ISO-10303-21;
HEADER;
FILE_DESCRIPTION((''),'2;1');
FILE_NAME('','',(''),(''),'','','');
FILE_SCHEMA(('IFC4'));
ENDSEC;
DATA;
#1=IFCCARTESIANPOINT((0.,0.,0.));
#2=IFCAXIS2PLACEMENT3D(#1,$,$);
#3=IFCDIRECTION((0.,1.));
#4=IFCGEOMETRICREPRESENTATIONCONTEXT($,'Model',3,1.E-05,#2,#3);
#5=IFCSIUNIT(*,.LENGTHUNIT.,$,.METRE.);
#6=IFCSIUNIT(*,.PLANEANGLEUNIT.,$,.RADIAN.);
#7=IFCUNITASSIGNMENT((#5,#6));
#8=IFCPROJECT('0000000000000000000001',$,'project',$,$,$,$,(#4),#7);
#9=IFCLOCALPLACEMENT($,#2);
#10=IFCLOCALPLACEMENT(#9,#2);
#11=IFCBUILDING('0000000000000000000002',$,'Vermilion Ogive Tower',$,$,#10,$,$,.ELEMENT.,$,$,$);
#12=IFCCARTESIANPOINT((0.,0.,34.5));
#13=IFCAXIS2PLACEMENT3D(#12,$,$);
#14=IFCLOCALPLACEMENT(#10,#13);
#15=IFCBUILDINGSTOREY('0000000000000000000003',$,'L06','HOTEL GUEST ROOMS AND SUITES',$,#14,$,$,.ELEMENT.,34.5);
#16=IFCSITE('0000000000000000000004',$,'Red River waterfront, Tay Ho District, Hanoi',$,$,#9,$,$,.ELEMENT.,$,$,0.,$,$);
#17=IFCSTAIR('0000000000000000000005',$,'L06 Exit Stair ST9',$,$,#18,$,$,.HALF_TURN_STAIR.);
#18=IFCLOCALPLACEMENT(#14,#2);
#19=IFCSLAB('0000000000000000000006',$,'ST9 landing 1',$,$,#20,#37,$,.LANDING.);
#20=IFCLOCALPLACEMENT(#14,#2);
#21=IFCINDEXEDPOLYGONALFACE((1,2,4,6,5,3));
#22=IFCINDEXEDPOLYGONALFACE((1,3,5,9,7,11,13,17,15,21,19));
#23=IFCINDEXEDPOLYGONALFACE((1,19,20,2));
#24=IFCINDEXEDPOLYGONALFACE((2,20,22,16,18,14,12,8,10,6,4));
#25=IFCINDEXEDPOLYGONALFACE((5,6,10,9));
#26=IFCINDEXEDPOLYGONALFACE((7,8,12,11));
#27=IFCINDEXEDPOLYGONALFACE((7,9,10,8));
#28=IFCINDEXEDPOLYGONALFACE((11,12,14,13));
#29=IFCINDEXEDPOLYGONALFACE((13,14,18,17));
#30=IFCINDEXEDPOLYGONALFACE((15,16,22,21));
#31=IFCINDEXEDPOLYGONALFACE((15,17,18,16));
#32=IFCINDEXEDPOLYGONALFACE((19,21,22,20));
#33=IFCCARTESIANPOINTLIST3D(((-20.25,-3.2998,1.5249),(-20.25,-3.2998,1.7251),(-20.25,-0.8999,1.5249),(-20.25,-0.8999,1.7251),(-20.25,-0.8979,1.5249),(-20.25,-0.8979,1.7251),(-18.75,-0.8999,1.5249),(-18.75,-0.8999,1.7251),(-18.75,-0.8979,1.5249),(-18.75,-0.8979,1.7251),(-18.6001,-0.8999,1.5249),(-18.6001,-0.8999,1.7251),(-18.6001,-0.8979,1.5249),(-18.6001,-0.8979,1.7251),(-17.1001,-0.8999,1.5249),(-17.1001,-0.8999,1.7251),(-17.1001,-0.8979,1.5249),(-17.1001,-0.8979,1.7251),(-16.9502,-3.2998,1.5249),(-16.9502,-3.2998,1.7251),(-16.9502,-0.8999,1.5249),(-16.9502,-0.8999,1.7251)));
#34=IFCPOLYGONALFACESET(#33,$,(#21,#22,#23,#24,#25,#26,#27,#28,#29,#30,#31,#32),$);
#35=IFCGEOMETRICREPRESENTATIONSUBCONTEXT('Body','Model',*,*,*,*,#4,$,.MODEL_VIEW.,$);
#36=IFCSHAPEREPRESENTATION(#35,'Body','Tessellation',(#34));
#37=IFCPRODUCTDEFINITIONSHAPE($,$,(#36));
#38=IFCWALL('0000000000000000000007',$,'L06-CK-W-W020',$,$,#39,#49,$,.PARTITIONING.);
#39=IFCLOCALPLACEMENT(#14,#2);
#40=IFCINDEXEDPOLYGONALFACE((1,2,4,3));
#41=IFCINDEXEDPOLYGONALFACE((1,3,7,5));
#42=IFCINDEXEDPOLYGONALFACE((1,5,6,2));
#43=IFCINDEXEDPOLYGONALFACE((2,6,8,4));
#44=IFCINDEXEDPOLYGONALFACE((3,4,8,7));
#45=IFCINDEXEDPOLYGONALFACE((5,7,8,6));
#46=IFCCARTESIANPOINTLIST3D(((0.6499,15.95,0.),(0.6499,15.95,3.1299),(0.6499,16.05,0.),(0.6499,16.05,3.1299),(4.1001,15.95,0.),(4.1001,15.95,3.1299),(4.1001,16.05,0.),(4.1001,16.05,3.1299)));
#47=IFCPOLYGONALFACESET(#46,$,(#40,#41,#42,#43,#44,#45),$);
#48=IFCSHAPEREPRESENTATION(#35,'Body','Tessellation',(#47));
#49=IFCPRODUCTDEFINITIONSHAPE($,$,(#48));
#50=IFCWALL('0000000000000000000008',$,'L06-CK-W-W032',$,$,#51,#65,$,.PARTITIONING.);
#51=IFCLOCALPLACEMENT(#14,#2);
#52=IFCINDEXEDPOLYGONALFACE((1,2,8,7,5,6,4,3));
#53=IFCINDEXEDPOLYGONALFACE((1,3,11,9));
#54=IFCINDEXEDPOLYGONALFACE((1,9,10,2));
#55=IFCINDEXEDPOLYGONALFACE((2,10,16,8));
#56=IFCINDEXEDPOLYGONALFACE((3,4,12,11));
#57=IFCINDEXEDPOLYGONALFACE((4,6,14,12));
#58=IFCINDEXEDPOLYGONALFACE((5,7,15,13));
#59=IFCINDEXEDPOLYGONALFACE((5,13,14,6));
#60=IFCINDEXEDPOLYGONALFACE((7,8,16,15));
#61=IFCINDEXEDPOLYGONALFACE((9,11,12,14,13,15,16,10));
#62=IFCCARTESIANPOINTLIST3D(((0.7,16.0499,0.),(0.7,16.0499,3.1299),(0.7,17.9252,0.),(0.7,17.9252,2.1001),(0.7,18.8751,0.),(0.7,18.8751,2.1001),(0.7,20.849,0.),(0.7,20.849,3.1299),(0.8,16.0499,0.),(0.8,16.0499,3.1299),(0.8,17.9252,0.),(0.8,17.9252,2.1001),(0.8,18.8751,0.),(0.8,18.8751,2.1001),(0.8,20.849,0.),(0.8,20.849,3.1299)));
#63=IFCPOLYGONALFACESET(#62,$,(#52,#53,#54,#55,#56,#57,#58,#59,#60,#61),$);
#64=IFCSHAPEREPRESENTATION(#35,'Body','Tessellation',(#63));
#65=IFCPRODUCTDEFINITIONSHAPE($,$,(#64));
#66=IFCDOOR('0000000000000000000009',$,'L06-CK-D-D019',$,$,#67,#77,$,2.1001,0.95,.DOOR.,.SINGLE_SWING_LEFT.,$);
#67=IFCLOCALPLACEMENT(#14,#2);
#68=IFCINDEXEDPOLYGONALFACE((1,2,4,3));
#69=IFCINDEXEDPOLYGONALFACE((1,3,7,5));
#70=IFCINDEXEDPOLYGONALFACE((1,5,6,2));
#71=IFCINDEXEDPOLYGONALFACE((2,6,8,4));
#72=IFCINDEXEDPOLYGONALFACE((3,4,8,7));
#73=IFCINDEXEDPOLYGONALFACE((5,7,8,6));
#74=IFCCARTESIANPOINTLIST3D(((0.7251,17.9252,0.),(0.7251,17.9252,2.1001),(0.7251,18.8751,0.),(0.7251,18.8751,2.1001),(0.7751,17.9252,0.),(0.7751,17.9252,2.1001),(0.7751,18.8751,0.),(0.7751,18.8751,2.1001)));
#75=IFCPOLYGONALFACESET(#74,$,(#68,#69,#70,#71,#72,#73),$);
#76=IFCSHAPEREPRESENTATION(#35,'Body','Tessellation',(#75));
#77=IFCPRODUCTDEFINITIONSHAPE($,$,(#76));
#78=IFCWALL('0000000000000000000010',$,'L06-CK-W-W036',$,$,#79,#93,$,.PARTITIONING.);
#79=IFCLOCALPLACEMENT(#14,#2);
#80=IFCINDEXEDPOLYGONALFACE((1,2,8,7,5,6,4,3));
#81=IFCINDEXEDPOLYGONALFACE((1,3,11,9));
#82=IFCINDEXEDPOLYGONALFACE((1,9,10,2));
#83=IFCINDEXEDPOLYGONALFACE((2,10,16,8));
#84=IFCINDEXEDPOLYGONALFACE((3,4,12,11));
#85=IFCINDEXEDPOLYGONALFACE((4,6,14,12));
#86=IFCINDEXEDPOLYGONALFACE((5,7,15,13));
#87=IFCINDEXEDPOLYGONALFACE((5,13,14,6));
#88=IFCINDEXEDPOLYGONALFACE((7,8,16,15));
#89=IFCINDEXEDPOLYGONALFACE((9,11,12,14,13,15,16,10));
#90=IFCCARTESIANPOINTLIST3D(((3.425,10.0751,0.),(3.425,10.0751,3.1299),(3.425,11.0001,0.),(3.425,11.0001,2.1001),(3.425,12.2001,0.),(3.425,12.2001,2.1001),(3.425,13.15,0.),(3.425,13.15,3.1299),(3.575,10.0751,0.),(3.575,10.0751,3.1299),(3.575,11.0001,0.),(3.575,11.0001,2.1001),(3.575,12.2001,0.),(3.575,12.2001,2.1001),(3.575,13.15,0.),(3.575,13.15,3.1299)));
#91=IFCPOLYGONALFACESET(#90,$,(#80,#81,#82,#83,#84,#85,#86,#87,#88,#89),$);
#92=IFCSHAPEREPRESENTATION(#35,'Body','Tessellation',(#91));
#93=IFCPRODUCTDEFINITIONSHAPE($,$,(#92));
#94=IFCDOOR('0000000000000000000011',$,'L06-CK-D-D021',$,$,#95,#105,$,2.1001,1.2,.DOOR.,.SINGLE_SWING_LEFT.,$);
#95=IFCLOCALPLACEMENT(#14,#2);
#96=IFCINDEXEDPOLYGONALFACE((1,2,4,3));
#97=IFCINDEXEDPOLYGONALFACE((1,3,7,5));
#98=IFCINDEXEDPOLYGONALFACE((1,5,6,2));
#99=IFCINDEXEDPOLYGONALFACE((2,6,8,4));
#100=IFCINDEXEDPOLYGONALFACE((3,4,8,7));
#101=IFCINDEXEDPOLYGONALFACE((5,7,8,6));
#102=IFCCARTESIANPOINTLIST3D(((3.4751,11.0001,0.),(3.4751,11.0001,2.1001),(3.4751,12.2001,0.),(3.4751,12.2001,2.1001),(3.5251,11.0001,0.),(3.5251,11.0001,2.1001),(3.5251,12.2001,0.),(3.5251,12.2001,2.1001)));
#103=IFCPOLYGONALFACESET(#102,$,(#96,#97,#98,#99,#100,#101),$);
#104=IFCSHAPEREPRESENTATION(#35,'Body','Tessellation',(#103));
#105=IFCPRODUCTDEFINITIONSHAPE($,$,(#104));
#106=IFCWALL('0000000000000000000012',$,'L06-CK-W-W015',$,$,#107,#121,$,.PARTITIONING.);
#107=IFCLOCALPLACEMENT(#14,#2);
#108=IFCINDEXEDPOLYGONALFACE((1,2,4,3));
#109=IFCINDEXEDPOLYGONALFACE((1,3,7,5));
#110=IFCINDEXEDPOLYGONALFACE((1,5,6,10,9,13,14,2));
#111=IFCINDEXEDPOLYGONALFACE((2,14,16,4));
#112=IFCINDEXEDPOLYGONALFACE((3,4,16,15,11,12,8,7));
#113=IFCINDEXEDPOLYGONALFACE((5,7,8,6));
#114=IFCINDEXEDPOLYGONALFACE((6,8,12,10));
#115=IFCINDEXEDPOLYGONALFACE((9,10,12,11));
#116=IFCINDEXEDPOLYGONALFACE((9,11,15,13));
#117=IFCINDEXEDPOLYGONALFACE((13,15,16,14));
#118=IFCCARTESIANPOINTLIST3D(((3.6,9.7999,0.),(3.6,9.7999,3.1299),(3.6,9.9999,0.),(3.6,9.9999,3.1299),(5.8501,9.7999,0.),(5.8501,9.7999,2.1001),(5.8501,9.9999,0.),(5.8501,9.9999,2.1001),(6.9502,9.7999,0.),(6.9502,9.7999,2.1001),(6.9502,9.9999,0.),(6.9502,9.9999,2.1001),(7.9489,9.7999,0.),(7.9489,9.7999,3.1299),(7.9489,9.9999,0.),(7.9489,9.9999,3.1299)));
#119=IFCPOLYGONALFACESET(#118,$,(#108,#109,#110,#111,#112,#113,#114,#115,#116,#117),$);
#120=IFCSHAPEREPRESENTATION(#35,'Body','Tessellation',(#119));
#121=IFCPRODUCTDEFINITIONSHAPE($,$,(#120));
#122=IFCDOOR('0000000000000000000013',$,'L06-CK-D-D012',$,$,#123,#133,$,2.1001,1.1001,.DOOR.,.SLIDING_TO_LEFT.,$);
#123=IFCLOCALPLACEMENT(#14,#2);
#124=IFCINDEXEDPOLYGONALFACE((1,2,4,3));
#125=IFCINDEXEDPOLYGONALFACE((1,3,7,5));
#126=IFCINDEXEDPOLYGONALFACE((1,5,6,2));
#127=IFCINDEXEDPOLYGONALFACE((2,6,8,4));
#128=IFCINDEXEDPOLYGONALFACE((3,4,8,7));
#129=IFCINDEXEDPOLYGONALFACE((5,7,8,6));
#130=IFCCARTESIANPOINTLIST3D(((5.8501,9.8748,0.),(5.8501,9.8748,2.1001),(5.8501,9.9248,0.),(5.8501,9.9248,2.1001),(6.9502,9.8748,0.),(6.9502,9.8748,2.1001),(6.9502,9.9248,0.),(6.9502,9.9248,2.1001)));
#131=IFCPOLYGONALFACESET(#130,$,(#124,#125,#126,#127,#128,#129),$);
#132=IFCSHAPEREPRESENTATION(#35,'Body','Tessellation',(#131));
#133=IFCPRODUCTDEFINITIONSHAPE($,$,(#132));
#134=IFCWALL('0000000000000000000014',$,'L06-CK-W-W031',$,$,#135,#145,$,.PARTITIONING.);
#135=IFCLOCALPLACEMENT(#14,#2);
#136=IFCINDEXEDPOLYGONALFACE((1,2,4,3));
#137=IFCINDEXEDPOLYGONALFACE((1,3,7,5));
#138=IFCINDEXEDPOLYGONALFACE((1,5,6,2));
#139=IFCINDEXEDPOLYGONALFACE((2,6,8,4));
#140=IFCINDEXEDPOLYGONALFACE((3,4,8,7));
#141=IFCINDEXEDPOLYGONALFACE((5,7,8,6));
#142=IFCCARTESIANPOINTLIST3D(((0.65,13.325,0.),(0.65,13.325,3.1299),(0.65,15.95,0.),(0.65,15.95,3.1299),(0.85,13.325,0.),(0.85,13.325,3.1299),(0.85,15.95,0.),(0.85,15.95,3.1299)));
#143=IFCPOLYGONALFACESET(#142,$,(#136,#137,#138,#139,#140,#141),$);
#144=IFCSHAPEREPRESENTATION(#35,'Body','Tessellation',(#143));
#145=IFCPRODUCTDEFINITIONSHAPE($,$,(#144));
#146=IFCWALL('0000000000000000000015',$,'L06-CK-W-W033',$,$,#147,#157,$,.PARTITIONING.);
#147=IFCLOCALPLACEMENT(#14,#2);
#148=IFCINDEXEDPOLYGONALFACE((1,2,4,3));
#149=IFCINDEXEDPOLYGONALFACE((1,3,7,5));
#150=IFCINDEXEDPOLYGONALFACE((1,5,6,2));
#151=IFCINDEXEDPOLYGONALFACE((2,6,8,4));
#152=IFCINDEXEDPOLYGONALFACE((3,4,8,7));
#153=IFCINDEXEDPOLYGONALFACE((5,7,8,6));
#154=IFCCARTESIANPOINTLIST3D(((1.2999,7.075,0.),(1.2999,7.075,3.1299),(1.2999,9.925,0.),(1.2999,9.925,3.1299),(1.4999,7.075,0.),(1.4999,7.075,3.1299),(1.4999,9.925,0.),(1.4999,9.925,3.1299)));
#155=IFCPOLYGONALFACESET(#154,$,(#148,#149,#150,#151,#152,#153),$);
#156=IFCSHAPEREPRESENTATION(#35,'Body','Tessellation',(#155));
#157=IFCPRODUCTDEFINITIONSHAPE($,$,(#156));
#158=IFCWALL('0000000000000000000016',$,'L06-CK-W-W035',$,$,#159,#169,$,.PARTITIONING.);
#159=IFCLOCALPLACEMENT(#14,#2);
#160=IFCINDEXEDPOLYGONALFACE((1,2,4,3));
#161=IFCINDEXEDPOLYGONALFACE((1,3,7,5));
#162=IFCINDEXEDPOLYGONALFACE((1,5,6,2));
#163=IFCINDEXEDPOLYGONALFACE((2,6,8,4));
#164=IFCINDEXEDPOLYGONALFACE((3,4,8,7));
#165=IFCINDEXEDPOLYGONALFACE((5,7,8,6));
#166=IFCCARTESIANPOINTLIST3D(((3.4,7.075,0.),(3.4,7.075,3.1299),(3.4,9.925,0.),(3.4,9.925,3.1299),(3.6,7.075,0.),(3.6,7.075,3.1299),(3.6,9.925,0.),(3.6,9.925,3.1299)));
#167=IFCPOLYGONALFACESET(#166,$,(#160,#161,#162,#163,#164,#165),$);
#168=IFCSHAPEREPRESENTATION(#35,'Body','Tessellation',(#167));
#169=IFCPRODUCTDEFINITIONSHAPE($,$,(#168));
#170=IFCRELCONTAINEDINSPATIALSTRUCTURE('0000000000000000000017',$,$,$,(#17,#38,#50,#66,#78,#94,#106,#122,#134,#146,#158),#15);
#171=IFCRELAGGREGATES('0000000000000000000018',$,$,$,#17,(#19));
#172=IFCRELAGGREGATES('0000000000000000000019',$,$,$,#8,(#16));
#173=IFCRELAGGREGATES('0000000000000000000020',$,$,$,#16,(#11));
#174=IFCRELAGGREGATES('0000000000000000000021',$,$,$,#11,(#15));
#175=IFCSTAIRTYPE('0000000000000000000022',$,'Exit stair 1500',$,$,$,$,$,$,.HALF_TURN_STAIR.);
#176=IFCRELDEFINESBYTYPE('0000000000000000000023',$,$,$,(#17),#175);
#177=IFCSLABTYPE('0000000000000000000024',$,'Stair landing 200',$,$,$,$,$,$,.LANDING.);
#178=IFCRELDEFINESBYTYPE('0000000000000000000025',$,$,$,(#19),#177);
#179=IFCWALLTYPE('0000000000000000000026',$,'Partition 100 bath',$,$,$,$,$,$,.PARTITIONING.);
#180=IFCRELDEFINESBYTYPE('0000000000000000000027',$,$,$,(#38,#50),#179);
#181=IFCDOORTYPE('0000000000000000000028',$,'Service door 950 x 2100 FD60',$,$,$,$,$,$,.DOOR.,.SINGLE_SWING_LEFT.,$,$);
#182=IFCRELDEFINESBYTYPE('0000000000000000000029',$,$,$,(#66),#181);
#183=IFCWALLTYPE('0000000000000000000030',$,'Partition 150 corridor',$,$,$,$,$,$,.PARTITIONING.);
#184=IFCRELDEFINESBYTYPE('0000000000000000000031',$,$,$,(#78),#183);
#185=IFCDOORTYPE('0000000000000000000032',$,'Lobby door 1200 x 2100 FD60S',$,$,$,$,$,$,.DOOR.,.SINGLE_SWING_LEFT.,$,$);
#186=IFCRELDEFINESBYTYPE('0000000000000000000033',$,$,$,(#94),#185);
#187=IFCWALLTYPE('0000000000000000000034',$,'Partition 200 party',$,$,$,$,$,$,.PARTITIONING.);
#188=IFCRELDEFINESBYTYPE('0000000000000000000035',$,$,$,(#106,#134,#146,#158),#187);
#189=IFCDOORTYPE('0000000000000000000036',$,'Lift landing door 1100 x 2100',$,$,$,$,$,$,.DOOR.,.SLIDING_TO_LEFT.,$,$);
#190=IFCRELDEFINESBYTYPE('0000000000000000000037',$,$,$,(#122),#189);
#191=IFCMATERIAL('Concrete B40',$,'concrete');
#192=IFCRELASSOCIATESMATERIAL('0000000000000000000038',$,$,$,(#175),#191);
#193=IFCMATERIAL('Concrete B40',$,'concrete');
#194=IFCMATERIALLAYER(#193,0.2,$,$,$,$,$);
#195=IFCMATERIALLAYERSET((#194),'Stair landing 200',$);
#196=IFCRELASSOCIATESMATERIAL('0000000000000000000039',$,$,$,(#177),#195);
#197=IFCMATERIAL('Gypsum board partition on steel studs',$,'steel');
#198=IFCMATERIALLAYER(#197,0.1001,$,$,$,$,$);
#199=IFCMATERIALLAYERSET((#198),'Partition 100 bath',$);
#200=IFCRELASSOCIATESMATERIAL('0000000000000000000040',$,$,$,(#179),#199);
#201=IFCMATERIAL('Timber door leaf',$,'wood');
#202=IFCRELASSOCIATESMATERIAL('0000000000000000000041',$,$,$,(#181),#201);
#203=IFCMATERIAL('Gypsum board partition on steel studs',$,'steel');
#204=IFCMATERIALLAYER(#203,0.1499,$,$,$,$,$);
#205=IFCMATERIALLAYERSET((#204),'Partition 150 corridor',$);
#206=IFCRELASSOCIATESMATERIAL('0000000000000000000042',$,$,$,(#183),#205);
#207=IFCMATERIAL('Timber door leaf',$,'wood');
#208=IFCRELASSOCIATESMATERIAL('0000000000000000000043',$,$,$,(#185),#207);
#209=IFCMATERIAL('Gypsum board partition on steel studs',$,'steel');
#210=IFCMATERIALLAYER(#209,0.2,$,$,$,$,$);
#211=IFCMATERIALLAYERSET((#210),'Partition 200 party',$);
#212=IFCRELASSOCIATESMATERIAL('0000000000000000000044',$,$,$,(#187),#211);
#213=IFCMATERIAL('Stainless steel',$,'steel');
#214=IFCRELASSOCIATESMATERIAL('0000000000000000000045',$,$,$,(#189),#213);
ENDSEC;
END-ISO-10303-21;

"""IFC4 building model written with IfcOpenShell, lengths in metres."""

from ifc_helpers import new_model, si_unit, direction, frame, frame_2d, origin, place, context, subcontext, project, spatial, polyline, rectangle, outline, extrude, material, layer, layer_set, type_object, element, fill, aggregate, save


model = new_model("IFC4")

# Units and contexts
model_context = context("Model", 3, precision=1e-05, world=origin(), true_north=direction((0.0, 1.0)))
body_context = subcontext(model_context, "Body", "Model", "MODEL_VIEW")
ifc_project = project(units=[si_unit("LENGTHUNIT", "METRE"), si_unit("PLANEANGLEUNIT", "RADIAN")], contexts=[model_context])

# Site, building, storey
site_placement = place(None, origin())
site = spatial("IfcSite", under=ifc_project, at=site_placement, Name="Red River waterfront, Tay Ho District, Hanoi", CompositionType="ELEMENT", RefElevation=0.0)
building_placement = place(site_placement, origin())
building = spatial("IfcBuilding", under=site, at=building_placement, Name="Vermilion Ogive Tower", CompositionType="ELEMENT")
storey_placement = place(building_placement, frame((0.0, 0.0, 34.5)))
storey = spatial("IfcBuildingStorey", under=building, at=storey_placement, Name="L06", Description="HOTEL GUEST ROOMS AND SUITES", CompositionType="ELEMENT", Elevation=34.5)

# Stair, slab
ifc_material_1 = material(Name="Concrete B40", Category="concrete")
stair_type = type_object("IfcStairType", Name="Exit stair 1500", PredefinedType="HALF_TURN_STAIR", material=ifc_material_1)
ifc_material_2 = material(Name="Concrete B40", Category="concrete")
ifc_layer_1 = layer(ifc_material_2, 0.2)
ifc_layer_set_1 = layer_set([ifc_layer_1], Name="Stair landing 200")
slab_type_1 = type_object("IfcSlabType", Name="Stair landing 200", PredefinedType="LANDING", material=ifc_layer_set_1)
stair_1_placement = place(storey_placement, origin())
stair_1 = element("IfcStair", 1, at=stair_1_placement, inside=storey, type_object=stair_type, Name="L06 Exit Stair ST9", PredefinedType="HALF_TURN_STAIR")
slab_1_placement = place(storey_placement, frame((0.0, 0.0, 1.5249)))
slab_1 = element("IfcSlab", 2, at=slab_1_placement, type_object=slab_type_1, Name="ST9 landing 1", PredefinedType="LANDING", context=body_context, shape_type="SweptSolid", body=[
    extrude(outline(polyline([(-16.9502, -0.8999), (-17.1001, -0.8999), (-17.1001, -0.8979), (-18.6001, -0.8979), (-18.6001, -0.8999), (-18.75, -0.8999), (-18.75, -0.8979), (-20.25, -0.8979), (-20.25, -0.8999), (-20.25, -0.8999), (-20.25, -3.2998), (-16.9502, -3.2998), (-16.9502, -0.8999)])), origin(), (0.0, 0.0, 1.0), 0.2002),
])
aggregate(stair_1, [slab_1])

# Wall
ifc_material_3 = material(Name="Gypsum board partition on steel studs", Category="steel")
ifc_layer_2 = layer(ifc_material_3, 0.1001)
ifc_layer_set_2 = layer_set([ifc_layer_2], Name="Partition 100 bath")
wall_type_1 = type_object("IfcWallType", Name="Partition 100 bath", PredefinedType="PARTITIONING", material=ifc_layer_set_2)
wall_1_placement = place(storey_placement, frame((0.6499, 16.0, 0.0), z_axis=(0.0, 0.0, 1.0), x_axis=(1.0, 0.0, 0.0)))
element("IfcWall", 3, at=wall_1_placement, inside=storey, type_object=wall_type_1, Name="L06-CK-W-W020", PredefinedType="PARTITIONING", context=body_context, shape_type="SweptSolid", body=[
    extrude(rectangle(XDim=3.4502, YDim=0.1001, at=frame_2d((1.7251, 0.0))), origin(), (0.0, 0.0, 1.0), 3.1299),
])

# Walls, openings, doors
wall_2_placement = place(storey_placement, frame((0.75, 16.05, 0.0), z_axis=(0.0, 0.0, 1.0), x_axis=(0.0, 1.0, 0.0)))
wall_2 = element("IfcWall", 4, at=wall_2_placement, inside=storey, type_object=wall_type_1, Name="L06-CK-W-W032", PredefinedType="PARTITIONING", context=body_context, shape_type="SweptSolid", body=[
    extrude(rectangle(XDim=4.7991, YDim=0.1001, at=frame_2d((2.3994, 0.0))), origin(), (0.0, 0.0, 1.0), 3.1299),
])
opening_1_placement = place(wall_2_placement, frame((1.875, 0.0, 0.0)))
opening_1 = element("IfcOpeningElement", 5, at=opening_1_placement, cuts=wall_2, PredefinedType="OPENING", context=body_context, shape_type="SweptSolid", body=[
    extrude(rectangle(XDim=0.95, YDim=2.1001, at=frame_2d((0.4751, 1.05))), frame((0.0, 0.0601, 0.0), z_axis=(0.0, -1.0, 0.0), x_axis=(1.0, 0.0, 0.0)), (0.0, 0.0, 1.0), 0.1201),
])
ifc_material_4 = material(Name="Timber door leaf", Category="wood")
door_type_1 = type_object("IfcDoorType", Name="Service door 950 x 2100 FD60", OperationType="SINGLE_SWING_LEFT", PredefinedType="DOOR", material=ifc_material_4)
door_1_placement = place(opening_1_placement, origin())
door_1 = element("IfcDoor", 6, at=door_1_placement, inside=storey, type_object=door_type_1, Name="L06-CK-D-D019", OperationType="SINGLE_SWING_LEFT", OverallHeight=2.1001, OverallWidth=0.95, PredefinedType="DOOR", context=body_context, shape_type="SweptSolid", body=[
    extrude(rectangle(XDim=0.95, YDim=2.1001, at=frame_2d((0.4751, 1.05))), frame((0.0, 0.0249, 0.0), z_axis=(0.0, -1.0, 0.0), x_axis=(1.0, 0.0, 0.0)), (0.0, 0.0, 1.0), 0.05),
])
fill(opening_1, door_1)
ifc_material_5 = material(Name="Gypsum board partition on steel studs", Category="steel")
ifc_layer_3 = layer(ifc_material_5, 0.1499)
ifc_layer_set_3 = layer_set([ifc_layer_3], Name="Partition 150 corridor")
wall_type_2 = type_object("IfcWallType", Name="Partition 150 corridor", PredefinedType="PARTITIONING", material=ifc_layer_set_3)
wall_3_placement = place(storey_placement, frame((3.5, 10.075, 0.0), z_axis=(0.0, 0.0, 1.0), x_axis=(0.0, 1.0, 0.0)))
wall_3 = element("IfcWall", 7, at=wall_3_placement, inside=storey, type_object=wall_type_2, Name="L06-CK-W-W036", PredefinedType="PARTITIONING", context=body_context, shape_type="SweptSolid", body=[
    extrude(rectangle(XDim=3.075, YDim=0.1499, at=frame_2d((1.5376, 0.0))), origin(), (0.0, 0.0, 1.0), 3.1299),
])
opening_2_placement = place(wall_3_placement, frame((0.925, 0.0, 0.0)))
opening_2 = element("IfcOpeningElement", 8, at=opening_2_placement, cuts=wall_3, PredefinedType="OPENING", context=body_context, shape_type="SweptSolid", body=[
    extrude(rectangle(XDim=1.2, YDim=2.1001, at=frame_2d((0.6001, 1.05))), frame((0.0, 0.085, 0.0), z_axis=(0.0, -1.0, 0.0), x_axis=(1.0, 0.0, 0.0)), (0.0, 0.0, 1.0), 0.1699),
])
ifc_material_6 = material(Name="Timber door leaf", Category="wood")
door_type_2 = type_object("IfcDoorType", Name="Lobby door 1200 x 2100 FD60S", OperationType="SINGLE_SWING_LEFT", PredefinedType="DOOR", material=ifc_material_6)
door_2_placement = place(opening_2_placement, origin())
door_2 = element("IfcDoor", 9, at=door_2_placement, inside=storey, type_object=door_type_2, Name="L06-CK-D-D021", OperationType="SINGLE_SWING_LEFT", OverallHeight=2.1001, OverallWidth=1.2, PredefinedType="DOOR", context=body_context, shape_type="SweptSolid", body=[
    extrude(rectangle(XDim=1.2, YDim=2.1001, at=frame_2d((0.6001, 1.05))), frame((0.0, 0.0249, 0.0), z_axis=(0.0, -1.0, 0.0), x_axis=(1.0, 0.0, 0.0)), (0.0, 0.0, 1.0), 0.05),
])
fill(opening_2, door_2)
ifc_material_7 = material(Name="Gypsum board partition on steel studs", Category="steel")
ifc_layer_4 = layer(ifc_material_7, 0.2)
ifc_layer_set_4 = layer_set([ifc_layer_4], Name="Partition 200 party")
wall_type_3 = type_object("IfcWallType", Name="Partition 200 party", PredefinedType="PARTITIONING", material=ifc_layer_set_4)
wall_4_placement = place(storey_placement, frame((3.6001, 9.8999, 0.0), z_axis=(0.0, 0.0, 1.0), x_axis=(1.0, 0.0, 0.0)))
wall_4 = element("IfcWall", 10, at=wall_4_placement, inside=storey, type_object=wall_type_3, Name="L06-CK-W-W015", PredefinedType="PARTITIONING", context=body_context, shape_type="SweptSolid", body=[
    extrude(rectangle(XDim=4.3489, YDim=0.2, at=frame_2d((2.1743, 0.0))), origin(), (0.0, 0.0, 1.0), 3.1299),
])
opening_3_placement = place(wall_4_placement, frame((2.25, 0.0, 0.0)))
opening_3 = element("IfcOpeningElement", 11, at=opening_3_placement, cuts=wall_4, PredefinedType="OPENING", context=body_context, shape_type="SweptSolid", body=[
    extrude(rectangle(XDim=1.1001, YDim=2.1001, at=frame_2d((0.55, 1.05))), frame((0.0, 0.1099, 0.0), z_axis=(0.0, -1.0, 0.0), x_axis=(1.0, 0.0, 0.0)), (0.0, 0.0, 1.0), 0.22),
])
ifc_material_8 = material(Name="Stainless steel", Category="steel")
door_type_3 = type_object("IfcDoorType", Name="Lift landing door 1100 x 2100", OperationType="SLIDING_TO_LEFT", PredefinedType="DOOR", material=ifc_material_8)
door_3_placement = place(opening_3_placement, origin())
door_3 = element("IfcDoor", 12, at=door_3_placement, inside=storey, type_object=door_type_3, Name="L06-CK-D-D012", OperationType="SLIDING_TO_LEFT", OverallHeight=2.1001, OverallWidth=1.1001, PredefinedType="DOOR", context=body_context, shape_type="SweptSolid", body=[
    extrude(rectangle(XDim=1.1001, YDim=2.1001, at=frame_2d((0.55, 1.05))), frame((0.0, 0.0249, 0.0), z_axis=(0.0, -1.0, 0.0), x_axis=(1.0, 0.0, 0.0)), (0.0, 0.0, 1.0), 0.05),
])
fill(opening_3, door_3)

# Walls
wall_5_placement = place(storey_placement, frame((0.75, 13.325, 0.0), z_axis=(0.0, 0.0, 1.0), x_axis=(0.0, 1.0, 0.0)))
element("IfcWall", 13, at=wall_5_placement, inside=storey, type_object=wall_type_3, Name="L06-CK-W-W031", PredefinedType="PARTITIONING", context=body_context, shape_type="SweptSolid", body=[
    extrude(rectangle(XDim=2.625, YDim=0.2, at=frame_2d((1.3125, 0.0))), origin(), (0.0, 0.0, 1.0), 3.1299),
])
for number, where, z_axis, x_axis, name in (
    (14, (1.3999, 7.075, 0.0), (0.0, 0.0, 1.0), (0.0, 1.0, 0.0), "L06-CK-W-W033"),
    (15, (3.5, 7.075, 0.0), (0.0, 0.0, 1.0), (0.0, 1.0, 0.0), "L06-CK-W-W035"),
):
    element("IfcWall", number, at=place(storey_placement, frame(where, z_axis=z_axis, x_axis=x_axis)), inside=storey, type_object=wall_type_3, Name=name, PredefinedType="PARTITIONING", context=body_context, shape_type="SweptSolid", body=[
        extrude(rectangle(XDim=2.8501, YDim=0.2, at=frame_2d((1.425, 0.0))), origin(), (0.0, 0.0, 1.0), 3.1299),
    ])

save(model, "model.ifc")
